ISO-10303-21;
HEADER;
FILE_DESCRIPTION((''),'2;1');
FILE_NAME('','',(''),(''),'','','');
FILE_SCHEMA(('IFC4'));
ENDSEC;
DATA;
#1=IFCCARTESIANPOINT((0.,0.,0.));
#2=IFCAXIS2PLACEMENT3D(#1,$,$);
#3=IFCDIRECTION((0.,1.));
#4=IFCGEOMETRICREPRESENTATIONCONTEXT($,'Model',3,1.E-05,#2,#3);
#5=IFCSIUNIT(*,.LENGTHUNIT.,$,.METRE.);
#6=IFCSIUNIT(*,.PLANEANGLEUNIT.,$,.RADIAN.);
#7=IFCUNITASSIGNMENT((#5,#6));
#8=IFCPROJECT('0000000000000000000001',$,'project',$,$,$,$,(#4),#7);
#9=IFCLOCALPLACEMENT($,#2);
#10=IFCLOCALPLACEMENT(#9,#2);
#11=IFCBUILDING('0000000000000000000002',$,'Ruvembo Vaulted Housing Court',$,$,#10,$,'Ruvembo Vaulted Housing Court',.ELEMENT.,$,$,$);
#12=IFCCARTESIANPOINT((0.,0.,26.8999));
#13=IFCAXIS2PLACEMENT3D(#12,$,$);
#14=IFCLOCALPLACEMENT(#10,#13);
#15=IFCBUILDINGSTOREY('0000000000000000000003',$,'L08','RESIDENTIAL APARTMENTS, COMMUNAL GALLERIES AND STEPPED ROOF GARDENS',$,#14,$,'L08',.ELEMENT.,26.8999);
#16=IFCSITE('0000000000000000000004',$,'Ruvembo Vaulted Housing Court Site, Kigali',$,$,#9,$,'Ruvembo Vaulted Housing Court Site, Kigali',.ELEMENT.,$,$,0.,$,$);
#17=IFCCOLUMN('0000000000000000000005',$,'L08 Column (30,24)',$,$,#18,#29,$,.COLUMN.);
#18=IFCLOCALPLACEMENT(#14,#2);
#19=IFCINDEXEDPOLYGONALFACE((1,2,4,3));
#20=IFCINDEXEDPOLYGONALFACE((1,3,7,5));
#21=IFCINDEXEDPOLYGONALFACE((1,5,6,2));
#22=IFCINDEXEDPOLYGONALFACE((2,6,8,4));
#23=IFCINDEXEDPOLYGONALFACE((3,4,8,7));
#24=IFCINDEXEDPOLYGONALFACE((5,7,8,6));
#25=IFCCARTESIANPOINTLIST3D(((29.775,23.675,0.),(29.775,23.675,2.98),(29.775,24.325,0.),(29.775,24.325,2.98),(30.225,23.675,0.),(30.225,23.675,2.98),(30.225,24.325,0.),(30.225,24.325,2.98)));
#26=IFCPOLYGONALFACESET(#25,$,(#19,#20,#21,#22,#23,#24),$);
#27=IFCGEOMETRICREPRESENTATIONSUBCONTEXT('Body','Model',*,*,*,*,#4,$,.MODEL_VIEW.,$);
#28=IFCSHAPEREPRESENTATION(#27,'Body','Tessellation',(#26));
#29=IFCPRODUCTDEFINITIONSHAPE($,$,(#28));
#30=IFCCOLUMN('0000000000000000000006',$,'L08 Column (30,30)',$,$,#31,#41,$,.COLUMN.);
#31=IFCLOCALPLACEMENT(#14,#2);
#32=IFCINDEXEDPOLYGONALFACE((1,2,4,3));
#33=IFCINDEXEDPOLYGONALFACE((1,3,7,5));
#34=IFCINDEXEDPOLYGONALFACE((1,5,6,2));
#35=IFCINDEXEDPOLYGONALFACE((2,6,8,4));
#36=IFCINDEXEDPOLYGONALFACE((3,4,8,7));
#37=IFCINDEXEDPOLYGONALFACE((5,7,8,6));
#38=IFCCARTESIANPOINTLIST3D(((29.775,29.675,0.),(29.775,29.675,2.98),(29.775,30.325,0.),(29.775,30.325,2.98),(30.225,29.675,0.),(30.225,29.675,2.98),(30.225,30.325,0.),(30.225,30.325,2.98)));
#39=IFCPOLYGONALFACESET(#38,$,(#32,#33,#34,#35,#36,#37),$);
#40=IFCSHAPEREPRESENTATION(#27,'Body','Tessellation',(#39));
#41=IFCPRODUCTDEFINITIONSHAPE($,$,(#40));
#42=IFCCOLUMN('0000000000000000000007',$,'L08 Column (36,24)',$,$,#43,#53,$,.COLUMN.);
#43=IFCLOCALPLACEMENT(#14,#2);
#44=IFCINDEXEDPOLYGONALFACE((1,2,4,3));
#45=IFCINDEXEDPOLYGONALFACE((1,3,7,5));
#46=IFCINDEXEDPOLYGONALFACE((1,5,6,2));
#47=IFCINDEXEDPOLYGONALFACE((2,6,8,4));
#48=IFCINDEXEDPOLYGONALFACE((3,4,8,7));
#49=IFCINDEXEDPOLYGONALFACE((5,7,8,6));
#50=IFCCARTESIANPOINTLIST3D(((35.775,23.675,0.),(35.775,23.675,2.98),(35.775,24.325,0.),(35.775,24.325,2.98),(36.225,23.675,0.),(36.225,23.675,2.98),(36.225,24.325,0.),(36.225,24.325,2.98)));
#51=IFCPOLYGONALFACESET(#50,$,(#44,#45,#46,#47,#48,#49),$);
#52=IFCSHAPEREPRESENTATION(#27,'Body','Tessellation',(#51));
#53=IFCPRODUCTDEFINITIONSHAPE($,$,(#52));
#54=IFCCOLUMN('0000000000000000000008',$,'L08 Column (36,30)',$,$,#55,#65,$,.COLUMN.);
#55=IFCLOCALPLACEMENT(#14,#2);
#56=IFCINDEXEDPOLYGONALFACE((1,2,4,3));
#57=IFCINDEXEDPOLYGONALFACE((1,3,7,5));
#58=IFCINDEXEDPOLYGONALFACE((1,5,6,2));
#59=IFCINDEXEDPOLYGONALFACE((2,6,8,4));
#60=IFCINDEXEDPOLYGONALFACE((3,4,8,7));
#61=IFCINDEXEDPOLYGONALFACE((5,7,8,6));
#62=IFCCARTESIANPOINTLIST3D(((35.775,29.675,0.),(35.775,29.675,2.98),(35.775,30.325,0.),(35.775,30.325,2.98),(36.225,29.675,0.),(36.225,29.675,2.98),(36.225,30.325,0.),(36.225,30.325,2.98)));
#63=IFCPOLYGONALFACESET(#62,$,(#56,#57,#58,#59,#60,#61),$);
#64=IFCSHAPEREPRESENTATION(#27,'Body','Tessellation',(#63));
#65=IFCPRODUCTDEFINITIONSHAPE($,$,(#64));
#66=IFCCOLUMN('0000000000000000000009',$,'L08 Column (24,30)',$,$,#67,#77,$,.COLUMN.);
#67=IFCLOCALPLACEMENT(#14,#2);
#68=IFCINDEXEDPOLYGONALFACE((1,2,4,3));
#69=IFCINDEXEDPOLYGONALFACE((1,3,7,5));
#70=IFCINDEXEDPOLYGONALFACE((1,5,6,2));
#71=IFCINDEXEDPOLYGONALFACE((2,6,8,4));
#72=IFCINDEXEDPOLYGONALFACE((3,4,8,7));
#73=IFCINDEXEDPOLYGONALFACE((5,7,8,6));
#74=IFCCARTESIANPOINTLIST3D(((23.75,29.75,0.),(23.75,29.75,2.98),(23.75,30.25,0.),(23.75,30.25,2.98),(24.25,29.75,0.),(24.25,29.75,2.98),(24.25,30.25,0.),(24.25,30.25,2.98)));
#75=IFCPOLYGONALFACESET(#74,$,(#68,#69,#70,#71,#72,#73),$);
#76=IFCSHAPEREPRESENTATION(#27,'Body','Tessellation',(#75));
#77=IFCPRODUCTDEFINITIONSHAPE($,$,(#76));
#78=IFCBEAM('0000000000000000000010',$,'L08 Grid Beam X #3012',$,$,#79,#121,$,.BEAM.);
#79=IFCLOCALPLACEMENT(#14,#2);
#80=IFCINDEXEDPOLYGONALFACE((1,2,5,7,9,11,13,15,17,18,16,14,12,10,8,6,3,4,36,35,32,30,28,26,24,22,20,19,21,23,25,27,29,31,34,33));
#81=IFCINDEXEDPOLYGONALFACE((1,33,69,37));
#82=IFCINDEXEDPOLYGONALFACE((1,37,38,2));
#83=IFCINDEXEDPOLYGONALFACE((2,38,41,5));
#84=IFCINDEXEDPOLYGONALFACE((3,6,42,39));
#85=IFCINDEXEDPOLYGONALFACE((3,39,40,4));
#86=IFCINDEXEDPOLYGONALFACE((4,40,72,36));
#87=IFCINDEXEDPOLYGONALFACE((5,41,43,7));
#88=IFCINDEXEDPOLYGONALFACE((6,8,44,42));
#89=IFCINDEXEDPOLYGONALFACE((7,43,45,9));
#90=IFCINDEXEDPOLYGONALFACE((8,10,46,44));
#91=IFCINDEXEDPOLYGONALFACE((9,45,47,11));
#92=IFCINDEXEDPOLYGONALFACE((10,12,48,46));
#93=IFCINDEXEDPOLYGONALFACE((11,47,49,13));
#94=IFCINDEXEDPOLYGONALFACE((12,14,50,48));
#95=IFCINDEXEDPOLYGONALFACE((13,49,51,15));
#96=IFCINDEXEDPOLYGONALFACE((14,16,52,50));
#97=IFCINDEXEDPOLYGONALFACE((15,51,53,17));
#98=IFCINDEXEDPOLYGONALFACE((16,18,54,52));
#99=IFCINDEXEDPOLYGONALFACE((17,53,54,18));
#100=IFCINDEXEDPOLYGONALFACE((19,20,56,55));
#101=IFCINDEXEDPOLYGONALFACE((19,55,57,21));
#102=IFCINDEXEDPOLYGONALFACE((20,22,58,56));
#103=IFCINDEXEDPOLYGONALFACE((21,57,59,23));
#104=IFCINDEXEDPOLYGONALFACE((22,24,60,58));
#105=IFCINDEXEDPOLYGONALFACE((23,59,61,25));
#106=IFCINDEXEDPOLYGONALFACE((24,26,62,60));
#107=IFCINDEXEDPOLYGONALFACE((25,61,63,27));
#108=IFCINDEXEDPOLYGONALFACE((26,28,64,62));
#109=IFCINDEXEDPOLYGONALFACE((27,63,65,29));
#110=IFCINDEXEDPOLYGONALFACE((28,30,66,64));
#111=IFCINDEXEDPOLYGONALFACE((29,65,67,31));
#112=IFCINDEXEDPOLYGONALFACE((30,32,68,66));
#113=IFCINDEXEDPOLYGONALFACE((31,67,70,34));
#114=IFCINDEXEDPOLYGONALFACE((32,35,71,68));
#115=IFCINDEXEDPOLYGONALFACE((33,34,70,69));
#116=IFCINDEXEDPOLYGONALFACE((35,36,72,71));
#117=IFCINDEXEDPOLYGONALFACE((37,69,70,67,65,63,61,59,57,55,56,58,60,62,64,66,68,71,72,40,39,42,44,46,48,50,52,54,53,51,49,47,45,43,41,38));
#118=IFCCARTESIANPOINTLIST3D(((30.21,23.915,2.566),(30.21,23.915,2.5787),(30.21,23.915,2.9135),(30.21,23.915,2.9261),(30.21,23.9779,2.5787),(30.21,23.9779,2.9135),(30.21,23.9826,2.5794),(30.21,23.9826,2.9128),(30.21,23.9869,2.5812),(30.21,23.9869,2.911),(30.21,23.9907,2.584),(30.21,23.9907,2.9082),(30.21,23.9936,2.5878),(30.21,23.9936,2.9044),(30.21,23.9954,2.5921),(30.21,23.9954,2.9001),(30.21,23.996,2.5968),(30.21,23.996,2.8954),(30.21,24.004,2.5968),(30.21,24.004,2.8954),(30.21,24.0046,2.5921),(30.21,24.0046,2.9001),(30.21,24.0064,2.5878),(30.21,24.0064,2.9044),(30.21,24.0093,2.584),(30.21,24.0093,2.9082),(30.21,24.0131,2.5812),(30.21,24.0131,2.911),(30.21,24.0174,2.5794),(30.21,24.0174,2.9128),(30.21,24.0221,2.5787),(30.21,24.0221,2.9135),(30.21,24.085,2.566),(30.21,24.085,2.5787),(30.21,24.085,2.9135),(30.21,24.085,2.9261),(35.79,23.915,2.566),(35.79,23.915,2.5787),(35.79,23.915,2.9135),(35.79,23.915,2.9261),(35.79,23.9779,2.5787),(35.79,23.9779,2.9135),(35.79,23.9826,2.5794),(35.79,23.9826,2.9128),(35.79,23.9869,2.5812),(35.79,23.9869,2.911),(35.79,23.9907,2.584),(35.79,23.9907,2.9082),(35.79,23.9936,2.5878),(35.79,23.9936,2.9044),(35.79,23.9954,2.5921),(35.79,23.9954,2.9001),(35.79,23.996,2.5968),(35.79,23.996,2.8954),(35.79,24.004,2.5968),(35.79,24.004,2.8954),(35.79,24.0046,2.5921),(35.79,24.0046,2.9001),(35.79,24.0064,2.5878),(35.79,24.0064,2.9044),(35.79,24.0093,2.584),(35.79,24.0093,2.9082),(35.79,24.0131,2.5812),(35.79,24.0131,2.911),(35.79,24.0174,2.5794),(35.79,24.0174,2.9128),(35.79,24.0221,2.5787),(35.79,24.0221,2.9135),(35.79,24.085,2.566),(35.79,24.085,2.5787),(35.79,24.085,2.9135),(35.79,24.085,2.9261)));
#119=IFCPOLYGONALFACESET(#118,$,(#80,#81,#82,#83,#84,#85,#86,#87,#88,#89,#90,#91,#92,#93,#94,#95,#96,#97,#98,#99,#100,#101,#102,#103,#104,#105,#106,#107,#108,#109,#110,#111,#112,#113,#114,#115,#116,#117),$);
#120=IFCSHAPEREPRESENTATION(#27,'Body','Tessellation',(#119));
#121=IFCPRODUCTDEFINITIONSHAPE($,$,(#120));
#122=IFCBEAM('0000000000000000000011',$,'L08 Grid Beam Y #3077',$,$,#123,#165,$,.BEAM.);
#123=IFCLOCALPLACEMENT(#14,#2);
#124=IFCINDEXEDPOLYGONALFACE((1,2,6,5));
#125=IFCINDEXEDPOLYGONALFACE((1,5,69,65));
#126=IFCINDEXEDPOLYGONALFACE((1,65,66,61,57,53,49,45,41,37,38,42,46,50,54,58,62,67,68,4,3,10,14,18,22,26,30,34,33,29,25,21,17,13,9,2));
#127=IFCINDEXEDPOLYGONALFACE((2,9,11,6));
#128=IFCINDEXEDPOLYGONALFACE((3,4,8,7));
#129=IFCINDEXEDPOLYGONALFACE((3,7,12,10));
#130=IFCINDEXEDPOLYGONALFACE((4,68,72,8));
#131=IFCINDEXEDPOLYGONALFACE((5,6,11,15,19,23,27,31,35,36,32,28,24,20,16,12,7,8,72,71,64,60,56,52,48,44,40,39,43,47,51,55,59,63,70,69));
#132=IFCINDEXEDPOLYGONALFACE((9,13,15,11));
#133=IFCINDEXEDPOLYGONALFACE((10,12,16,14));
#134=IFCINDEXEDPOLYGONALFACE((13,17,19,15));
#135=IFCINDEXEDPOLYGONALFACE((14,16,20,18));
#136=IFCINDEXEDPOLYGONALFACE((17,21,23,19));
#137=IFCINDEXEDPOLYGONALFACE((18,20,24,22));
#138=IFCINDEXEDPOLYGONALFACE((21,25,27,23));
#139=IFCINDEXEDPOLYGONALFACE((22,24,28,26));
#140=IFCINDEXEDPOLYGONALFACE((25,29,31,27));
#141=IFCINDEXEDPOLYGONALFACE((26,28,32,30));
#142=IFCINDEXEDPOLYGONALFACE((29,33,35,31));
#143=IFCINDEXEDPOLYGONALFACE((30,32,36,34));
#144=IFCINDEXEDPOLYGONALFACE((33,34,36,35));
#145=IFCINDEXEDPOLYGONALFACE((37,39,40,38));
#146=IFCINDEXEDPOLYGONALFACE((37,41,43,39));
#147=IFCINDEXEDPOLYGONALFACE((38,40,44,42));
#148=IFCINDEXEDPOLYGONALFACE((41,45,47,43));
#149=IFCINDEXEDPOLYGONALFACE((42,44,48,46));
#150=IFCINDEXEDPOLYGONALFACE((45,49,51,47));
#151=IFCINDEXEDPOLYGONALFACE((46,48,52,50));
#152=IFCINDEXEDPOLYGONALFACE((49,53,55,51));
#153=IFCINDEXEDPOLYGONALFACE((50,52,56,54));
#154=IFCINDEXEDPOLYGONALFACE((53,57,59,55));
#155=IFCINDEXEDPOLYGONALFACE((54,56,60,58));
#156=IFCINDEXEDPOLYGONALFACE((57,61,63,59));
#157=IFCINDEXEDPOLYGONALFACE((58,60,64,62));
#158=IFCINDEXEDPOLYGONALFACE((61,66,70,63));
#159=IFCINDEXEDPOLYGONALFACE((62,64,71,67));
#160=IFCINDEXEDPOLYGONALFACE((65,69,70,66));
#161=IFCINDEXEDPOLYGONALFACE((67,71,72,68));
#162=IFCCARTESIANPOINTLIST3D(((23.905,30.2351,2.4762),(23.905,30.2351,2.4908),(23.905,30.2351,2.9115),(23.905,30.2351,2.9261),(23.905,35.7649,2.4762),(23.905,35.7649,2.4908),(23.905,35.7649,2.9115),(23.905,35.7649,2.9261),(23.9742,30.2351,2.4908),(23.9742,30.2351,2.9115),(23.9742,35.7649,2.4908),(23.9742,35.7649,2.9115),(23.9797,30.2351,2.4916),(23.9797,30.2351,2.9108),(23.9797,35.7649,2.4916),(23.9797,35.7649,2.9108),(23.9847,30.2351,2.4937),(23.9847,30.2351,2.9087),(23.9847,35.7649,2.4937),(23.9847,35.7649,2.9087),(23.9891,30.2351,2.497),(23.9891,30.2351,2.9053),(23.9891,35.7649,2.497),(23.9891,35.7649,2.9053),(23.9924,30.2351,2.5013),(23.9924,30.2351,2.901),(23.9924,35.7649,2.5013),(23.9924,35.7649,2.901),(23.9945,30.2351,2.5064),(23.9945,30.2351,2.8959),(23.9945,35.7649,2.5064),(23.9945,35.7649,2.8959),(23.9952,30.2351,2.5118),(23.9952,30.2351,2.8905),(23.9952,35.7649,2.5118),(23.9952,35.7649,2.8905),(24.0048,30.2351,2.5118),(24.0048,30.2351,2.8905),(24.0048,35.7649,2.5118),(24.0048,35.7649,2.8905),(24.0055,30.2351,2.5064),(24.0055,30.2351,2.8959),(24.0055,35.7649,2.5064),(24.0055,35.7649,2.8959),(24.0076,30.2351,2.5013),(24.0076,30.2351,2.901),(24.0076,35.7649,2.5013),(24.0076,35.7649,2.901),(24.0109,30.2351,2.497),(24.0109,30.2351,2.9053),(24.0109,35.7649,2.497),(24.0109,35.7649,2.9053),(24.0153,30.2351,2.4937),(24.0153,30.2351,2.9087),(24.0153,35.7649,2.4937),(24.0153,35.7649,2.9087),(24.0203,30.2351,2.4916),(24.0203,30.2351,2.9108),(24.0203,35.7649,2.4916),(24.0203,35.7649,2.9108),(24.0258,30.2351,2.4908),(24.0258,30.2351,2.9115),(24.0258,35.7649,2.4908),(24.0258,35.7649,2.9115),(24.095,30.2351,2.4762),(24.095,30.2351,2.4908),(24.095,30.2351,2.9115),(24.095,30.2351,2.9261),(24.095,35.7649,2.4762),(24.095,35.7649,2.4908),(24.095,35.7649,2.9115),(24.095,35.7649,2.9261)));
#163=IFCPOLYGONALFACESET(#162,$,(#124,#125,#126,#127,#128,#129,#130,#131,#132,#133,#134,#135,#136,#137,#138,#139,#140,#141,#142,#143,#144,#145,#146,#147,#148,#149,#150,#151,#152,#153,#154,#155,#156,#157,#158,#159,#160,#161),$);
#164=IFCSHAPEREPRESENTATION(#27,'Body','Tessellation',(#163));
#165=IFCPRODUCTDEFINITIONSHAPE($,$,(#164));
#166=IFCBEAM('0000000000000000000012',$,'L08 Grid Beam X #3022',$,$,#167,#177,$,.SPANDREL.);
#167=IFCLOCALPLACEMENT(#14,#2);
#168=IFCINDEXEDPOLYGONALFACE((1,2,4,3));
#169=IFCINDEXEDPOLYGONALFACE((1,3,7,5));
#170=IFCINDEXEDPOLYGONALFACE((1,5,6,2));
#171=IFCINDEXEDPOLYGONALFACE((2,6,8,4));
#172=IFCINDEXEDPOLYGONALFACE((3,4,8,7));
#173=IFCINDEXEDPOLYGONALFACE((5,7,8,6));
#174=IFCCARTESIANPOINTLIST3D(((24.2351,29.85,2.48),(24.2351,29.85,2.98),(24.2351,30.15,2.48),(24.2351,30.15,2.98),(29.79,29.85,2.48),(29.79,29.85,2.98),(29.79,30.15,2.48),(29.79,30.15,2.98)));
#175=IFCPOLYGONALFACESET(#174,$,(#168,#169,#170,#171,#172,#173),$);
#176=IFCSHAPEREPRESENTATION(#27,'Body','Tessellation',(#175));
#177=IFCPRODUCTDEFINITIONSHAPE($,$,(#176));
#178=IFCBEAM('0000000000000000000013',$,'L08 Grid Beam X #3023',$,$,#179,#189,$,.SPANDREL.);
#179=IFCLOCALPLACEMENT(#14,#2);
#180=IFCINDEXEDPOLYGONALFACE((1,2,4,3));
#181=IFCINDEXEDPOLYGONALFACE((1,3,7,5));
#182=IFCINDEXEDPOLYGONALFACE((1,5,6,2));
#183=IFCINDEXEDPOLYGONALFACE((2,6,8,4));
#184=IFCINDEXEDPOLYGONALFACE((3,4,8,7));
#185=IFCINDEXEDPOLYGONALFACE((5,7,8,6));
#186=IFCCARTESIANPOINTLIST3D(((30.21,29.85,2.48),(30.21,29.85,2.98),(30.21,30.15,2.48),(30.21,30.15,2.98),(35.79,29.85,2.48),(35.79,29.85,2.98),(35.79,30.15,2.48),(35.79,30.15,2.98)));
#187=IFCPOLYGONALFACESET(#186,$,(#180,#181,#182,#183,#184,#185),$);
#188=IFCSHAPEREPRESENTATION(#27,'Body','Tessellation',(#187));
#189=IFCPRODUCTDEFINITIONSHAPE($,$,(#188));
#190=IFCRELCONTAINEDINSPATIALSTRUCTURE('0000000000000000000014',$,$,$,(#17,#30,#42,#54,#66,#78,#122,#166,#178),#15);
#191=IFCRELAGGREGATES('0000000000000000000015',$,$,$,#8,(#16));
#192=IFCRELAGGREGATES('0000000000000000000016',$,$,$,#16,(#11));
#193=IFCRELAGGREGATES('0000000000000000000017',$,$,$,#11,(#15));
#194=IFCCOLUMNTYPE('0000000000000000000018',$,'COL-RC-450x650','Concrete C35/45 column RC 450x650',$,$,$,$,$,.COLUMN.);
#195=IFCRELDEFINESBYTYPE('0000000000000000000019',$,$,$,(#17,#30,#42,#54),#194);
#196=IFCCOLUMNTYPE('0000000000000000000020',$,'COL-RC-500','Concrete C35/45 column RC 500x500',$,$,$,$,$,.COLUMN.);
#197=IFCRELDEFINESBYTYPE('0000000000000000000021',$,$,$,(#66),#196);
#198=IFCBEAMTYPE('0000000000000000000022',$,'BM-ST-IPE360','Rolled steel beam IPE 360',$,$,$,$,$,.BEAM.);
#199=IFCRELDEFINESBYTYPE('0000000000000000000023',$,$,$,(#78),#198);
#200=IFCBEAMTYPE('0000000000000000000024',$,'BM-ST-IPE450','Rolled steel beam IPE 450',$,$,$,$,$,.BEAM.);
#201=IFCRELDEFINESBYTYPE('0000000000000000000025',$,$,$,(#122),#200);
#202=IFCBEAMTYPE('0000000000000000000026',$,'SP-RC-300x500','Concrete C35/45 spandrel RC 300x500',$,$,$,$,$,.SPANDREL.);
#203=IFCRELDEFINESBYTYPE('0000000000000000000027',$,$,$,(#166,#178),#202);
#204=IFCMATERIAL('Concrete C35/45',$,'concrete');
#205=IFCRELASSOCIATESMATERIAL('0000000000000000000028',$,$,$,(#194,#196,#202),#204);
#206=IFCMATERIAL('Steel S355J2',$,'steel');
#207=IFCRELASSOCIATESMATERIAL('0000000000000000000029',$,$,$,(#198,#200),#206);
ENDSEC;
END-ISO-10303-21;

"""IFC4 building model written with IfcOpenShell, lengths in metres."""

from ifc_helpers import new_model, si_unit, direction, frame, origin, origin_2d, place, context, subcontext, project, spatial, rectangle, i_section, extrude, material, material_profile, profile_set, type_object, element, save


model = new_model("IFC4")

# Units and contexts
model_context = context("Model", 3, precision=1e-05, world=origin(), true_north=direction((0.0, 1.0)))
body_context = subcontext(model_context, "Body", "Model", "MODEL_VIEW")
ifc_project = project(units=[si_unit("LENGTHUNIT", "METRE"), si_unit("PLANEANGLEUNIT", "RADIAN")], contexts=[model_context])

# Site, building, storey
site_placement = place(None, origin())
site = spatial("IfcSite", under=ifc_project, at=site_placement, Name="Ruvembo Vaulted Housing Court Site, Kigali", LongName="Ruvembo Vaulted Housing Court Site, Kigali", CompositionType="ELEMENT", RefElevation=0.0)
building_placement = place(site_placement, origin())
building = spatial("IfcBuilding", under=site, at=building_placement, Name="Ruvembo Vaulted Housing Court", LongName="Ruvembo Vaulted Housing Court", CompositionType="ELEMENT")
storey_placement = place(building_placement, frame((0.0, 0.0, 26.8999)))
storey = spatial("IfcBuildingStorey", under=building, at=storey_placement, Name="L08", Description="RESIDENTIAL APARTMENTS, COMMUNAL GALLERIES AND STEPPED ROOF GARDENS", LongName="L08", CompositionType="ELEMENT", Elevation=26.8999)

# Columns
ifc_material_1 = material(Name="Concrete C35/45", Category="concrete")
ifc_material_profile_1 = material_profile(ifc_material_1, rectangle(XDim=0.45, YDim=0.6499, at=origin_2d()), Name="RC 450x650")
ifc_profile_set_1 = profile_set([ifc_material_profile_1], Name="Concrete C35/45")
column_type_1 = type_object("IfcColumnType", Name="COL-RC-450x650", Description="Concrete C35/45 column RC 450x650", PredefinedType="COLUMN", material=ifc_profile_set_1)
for number, where, z_axis, x_axis, name in (
    (1, (30.0, 24.0, 0.0), (0.0, 0.0, 1.0), (1.0, 0.0, 0.0), "L08 Column (30,24)"),
    (2, (30.0, 30.0, 0.0), (0.0, 0.0, 1.0), (1.0, 0.0, 0.0), "L08 Column (30,30)"),
    (3, (36.0, 24.0, 0.0), (0.0, 0.0, 1.0), (1.0, 0.0, 0.0), "L08 Column (36,24)"),
    (4, (36.0, 30.0, 0.0), (0.0, 0.0, 1.0), (1.0, 0.0, 0.0), "L08 Column (36,30)"),
):
    element("IfcColumn", number, at=place(storey_placement, frame(where, z_axis=z_axis, x_axis=x_axis)), inside=storey, type_object=column_type_1, Name=name, PredefinedType="COLUMN", context=body_context, shape_type="SweptSolid", body=[
        extrude(rectangle(XDim=0.45, YDim=0.6499, at=origin_2d()), origin(), (0.0, 0.0, 1.0), 2.98),
    ])
ifc_material_profile_2 = material_profile(ifc_material_1, rectangle(XDim=0.5, YDim=0.5, at=origin_2d()), Name="RC 500x500")
ifc_profile_set_2 = profile_set([ifc_material_profile_2], Name="Concrete C35/45")
column_type_2 = type_object("IfcColumnType", Name="COL-RC-500", Description="Concrete C35/45 column RC 500x500", PredefinedType="COLUMN", material=ifc_profile_set_2)
column_placement = place(storey_placement, frame((24.0, 30.0, 0.0), z_axis=(0.0, 0.0, 1.0), x_axis=(1.0, 0.0, 0.0)))
element("IfcColumn", 5, at=column_placement, inside=storey, type_object=column_type_2, Name="L08 Column (24,30)", PredefinedType="COLUMN", context=body_context, shape_type="SweptSolid", body=[
    extrude(rectangle(XDim=0.5, YDim=0.5, at=origin_2d()), origin(), (0.0, 0.0, 1.0), 2.98),
])

# Beams
ifc_material_2 = material(Name="Steel S355J2", Category="steel")
ifc_material_profile_3 = material_profile(ifc_material_2, i_section(OverallWidth=0.1699, OverallDepth=0.3601, WebThickness=0.0081, FlangeThickness=0.0127, FilletRadius=0.0181, at=origin_2d()), Name="IPE 360")
ifc_profile_set_3 = profile_set([ifc_material_profile_3], Name="Steel S355J2")
beam_type_1 = type_object("IfcBeamType", Name="BM-ST-IPE360", Description="Rolled steel beam IPE 360", PredefinedType="BEAM", material=ifc_profile_set_3)
beam_1_placement = place(storey_placement, frame((30.21, 24.0, 2.7461), z_axis=(1.0, 0.0, 0.0), x_axis=(0.0, 1.0, 0.0)))
element("IfcBeam", 6, at=beam_1_placement, inside=storey, type_object=beam_type_1, Name="L08 Grid Beam X #3012", PredefinedType="BEAM", context=body_context, shape_type="SweptSolid", body=[
    extrude(i_section(OverallWidth=0.1699, OverallDepth=0.3601, WebThickness=0.0081, FlangeThickness=0.0127, FilletRadius=0.0181, at=origin_2d()), origin(), (0.0, 0.0, 1.0), 5.5801),
])
ifc_material_profile_4 = material_profile(ifc_material_2, i_section(OverallWidth=0.1899, OverallDepth=0.45, WebThickness=0.0095, FlangeThickness=0.0146, FilletRadius=0.021, at=origin_2d()), Name="IPE 450")
ifc_profile_set_4 = profile_set([ifc_material_profile_4], Name="Steel S355J2")
beam_type_2 = type_object("IfcBeamType", Name="BM-ST-IPE450", Description="Rolled steel beam IPE 450", PredefinedType="BEAM", material=ifc_profile_set_4)
beam_2_placement = place(storey_placement, frame((24.0, 30.2351, 2.7012), z_axis=(0.0, 1.0, 0.0), x_axis=(-1.0, 0.0, 0.0)))
element("IfcBeam", 7, at=beam_2_placement, inside=storey, type_object=beam_type_2, Name="L08 Grid Beam Y #3077", PredefinedType="BEAM", context=body_context, shape_type="SweptSolid", body=[
    extrude(i_section(OverallWidth=0.1899, OverallDepth=0.45, WebThickness=0.0095, FlangeThickness=0.0146, FilletRadius=0.021, at=origin_2d()), origin(), (0.0, 0.0, 1.0), 5.5298),
])
ifc_material_profile_5 = material_profile(ifc_material_1, rectangle(XDim=0.3, YDim=0.5, at=origin_2d()), Name="RC 300x500")
ifc_profile_set_5 = profile_set([ifc_material_profile_5], Name="Concrete C35/45")
beam_type_3 = type_object("IfcBeamType", Name="SP-RC-300x500", Description="Concrete C35/45 spandrel RC 300x500", PredefinedType="SPANDREL", material=ifc_profile_set_5)
beam_3_placement = place(storey_placement, frame((24.2351, 30.0, 2.73), z_axis=(1.0, 0.0, 0.0), x_axis=(0.0, 1.0, 0.0)))
element("IfcBeam", 8, at=beam_3_placement, inside=storey, type_object=beam_type_3, Name="L08 Grid Beam X #3022", PredefinedType="SPANDREL", context=body_context, shape_type="SweptSolid", body=[
    extrude(rectangle(XDim=0.3, YDim=0.5, at=origin_2d()), origin(), (0.0, 0.0, 1.0), 5.5549),
])
beam_4_placement = place(storey_placement, frame((30.21, 30.0, 2.73), z_axis=(1.0, 0.0, 0.0), x_axis=(0.0, 1.0, 0.0)))
element("IfcBeam", 9, at=beam_4_placement, inside=storey, type_object=beam_type_3, Name="L08 Grid Beam X #3023", PredefinedType="SPANDREL", context=body_context, shape_type="SweptSolid", body=[
    extrude(rectangle(XDim=0.3, YDim=0.5, at=origin_2d()), origin(), (0.0, 0.0, 1.0), 5.5801),
])

save(model, "model.ifc")
